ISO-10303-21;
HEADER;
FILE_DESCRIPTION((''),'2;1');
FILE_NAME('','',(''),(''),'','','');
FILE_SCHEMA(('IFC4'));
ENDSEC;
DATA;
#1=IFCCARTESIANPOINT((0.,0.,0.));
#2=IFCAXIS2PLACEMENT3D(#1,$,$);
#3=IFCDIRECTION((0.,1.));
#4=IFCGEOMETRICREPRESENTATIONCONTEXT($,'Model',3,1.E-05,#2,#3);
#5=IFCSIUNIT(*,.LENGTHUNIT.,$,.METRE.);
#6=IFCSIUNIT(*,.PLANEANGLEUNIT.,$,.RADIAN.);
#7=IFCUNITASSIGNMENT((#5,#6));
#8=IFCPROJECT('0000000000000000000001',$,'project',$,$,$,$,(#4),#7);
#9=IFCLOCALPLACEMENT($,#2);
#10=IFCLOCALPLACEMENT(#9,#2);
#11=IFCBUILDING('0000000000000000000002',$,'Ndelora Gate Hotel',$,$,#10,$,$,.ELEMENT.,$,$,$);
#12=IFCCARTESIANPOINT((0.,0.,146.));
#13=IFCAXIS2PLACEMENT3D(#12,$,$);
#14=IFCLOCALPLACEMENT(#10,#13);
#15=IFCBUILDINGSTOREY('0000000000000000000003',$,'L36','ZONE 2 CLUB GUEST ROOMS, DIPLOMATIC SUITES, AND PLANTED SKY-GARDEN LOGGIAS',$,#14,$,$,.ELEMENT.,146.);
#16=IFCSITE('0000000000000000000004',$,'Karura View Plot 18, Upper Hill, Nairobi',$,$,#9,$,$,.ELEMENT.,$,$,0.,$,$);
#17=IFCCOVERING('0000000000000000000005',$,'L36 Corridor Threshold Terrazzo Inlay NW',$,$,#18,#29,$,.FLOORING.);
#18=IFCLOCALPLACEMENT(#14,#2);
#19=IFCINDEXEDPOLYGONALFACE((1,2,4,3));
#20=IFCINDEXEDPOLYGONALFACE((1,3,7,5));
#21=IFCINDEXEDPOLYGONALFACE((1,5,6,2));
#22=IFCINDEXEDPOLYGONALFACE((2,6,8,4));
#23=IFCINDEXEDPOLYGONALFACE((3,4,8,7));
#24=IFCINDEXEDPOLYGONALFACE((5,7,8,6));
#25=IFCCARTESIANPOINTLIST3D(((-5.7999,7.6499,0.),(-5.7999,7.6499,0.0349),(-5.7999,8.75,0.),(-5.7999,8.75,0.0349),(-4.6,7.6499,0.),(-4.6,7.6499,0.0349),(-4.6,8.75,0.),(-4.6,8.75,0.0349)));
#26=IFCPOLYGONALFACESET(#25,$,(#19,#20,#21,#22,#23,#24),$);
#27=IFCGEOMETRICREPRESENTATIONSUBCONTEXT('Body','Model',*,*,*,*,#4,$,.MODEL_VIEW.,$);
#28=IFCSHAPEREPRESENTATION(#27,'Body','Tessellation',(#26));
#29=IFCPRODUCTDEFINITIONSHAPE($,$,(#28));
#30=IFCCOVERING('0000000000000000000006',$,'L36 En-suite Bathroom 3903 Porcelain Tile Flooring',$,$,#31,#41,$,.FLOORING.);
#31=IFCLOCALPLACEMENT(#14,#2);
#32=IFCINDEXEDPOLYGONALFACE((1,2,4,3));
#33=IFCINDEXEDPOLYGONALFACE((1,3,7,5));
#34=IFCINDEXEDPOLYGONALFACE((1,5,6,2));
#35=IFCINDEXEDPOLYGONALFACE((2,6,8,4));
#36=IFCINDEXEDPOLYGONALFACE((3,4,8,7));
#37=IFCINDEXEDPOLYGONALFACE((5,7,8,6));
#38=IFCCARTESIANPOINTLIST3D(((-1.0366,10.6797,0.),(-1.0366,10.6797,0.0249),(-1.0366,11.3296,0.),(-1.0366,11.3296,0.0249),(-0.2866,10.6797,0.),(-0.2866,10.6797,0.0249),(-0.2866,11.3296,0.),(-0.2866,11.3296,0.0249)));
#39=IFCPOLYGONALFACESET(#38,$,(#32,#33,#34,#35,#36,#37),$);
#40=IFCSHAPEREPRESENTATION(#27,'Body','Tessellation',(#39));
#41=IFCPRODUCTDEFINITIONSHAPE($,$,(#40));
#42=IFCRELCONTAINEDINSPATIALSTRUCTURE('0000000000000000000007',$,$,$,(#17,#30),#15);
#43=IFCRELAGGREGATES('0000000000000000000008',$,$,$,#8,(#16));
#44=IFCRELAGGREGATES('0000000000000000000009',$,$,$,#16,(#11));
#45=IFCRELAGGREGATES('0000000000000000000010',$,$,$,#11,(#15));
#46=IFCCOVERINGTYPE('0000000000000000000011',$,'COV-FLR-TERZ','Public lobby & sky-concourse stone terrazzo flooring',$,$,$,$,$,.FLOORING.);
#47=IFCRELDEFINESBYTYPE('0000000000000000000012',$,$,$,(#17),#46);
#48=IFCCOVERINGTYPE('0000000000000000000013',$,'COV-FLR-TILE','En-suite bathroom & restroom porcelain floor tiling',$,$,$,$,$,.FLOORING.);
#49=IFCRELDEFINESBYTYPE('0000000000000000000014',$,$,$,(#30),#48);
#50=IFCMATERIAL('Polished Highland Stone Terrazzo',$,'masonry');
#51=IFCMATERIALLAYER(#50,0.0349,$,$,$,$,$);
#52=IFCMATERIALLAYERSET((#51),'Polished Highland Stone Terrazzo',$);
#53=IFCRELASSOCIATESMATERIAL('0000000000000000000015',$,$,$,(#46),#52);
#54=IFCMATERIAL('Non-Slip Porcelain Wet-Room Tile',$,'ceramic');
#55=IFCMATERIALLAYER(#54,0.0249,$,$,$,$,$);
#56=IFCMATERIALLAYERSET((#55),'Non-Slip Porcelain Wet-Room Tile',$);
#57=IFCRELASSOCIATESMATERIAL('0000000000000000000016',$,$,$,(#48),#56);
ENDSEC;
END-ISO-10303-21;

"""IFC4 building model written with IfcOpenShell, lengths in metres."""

from ifc_helpers import new_model, si_unit, direction, frame, origin, origin_2d, place, context, subcontext, project, spatial, rectangle, extrude, material, layer, layer_set, type_object, element, save


model = new_model("IFC4")

# Units and contexts
model_context = context("Model", 3, precision=1e-05, world=origin(), true_north=direction((0.0, 1.0)))
body_context = subcontext(model_context, "Body", "Model", "MODEL_VIEW")
ifc_project = project(units=[si_unit("LENGTHUNIT", "METRE"), si_unit("PLANEANGLEUNIT", "RADIAN")], contexts=[model_context])

# Site, building, storey
site_placement = place(None, origin())
site = spatial("IfcSite", under=ifc_project, at=site_placement, Name="Karura View Plot 18, Upper Hill, Nairobi", CompositionType="ELEMENT", RefElevation=0.0)
building_placement = place(site_placement, origin())
building = spatial("IfcBuilding", under=site, at=building_placement, Name="Ndelora Gate Hotel", CompositionType="ELEMENT")
storey_placement = place(building_placement, frame((0.0, 0.0, 146.0)))
storey = spatial("IfcBuildingStorey", under=building, at=storey_placement, Name="L36", Description="ZONE 2 CLUB GUEST ROOMS, DIPLOMATIC SUITES, AND PLANTED SKY-GARDEN LOGGIAS", CompositionType="ELEMENT", Elevation=146.0)

# Coverings
ifc_material_1 = material(Name="Polished Highland Stone Terrazzo", Category="masonry")
ifc_layer_1 = layer(ifc_material_1, 0.0349)
ifc_layer_set_1 = layer_set([ifc_layer_1], Name="Polished Highland Stone Terrazzo")
covering_type_1 = type_object("IfcCoveringType", Name="COV-FLR-TERZ", Description="Public lobby & sky-concourse stone terrazzo flooring", PredefinedType="FLOORING", material=ifc_layer_set_1)
covering_1_placement = place(storey_placement, frame((-5.2, 8.2, 0.0), z_axis=(0.0, 0.0, 1.0), x_axis=(1.0, 0.0, 0.0)))
element("IfcCovering", 1, at=covering_1_placement, inside=storey, type_object=covering_type_1, Name="L36 Corridor Threshold Terrazzo Inlay NW", PredefinedType="FLOORING", context=body_context, shape_type="SweptSolid", body=[
    extrude(rectangle(XDim=1.2, YDim=1.1001, at=origin_2d()), origin(), (0.0, 0.0, 1.0), 0.0349),
])
ifc_material_2 = material(Name="Non-Slip Porcelain Wet-Room Tile", Category="ceramic")
ifc_layer_2 = layer(ifc_material_2, 0.0249)
ifc_layer_set_2 = layer_set([ifc_layer_2], Name="Non-Slip Porcelain Wet-Room Tile")
covering_type_2 = type_object("IfcCoveringType", Name="COV-FLR-TILE", Description="En-suite bathroom & restroom porcelain floor tiling", PredefinedType="FLOORING", material=ifc_layer_set_2)
covering_2_placement = place(storey_placement, frame((-0.6616, 11.0046, 0.0), z_axis=(0.0, 0.0, 1.0), x_axis=(1.0, 0.0, 0.0)))
element("IfcCovering", 2, at=covering_2_placement, inside=storey, type_object=covering_type_2, Name="L36 En-suite Bathroom 3903 Porcelain Tile Flooring", PredefinedType="FLOORING", context=body_context, shape_type="SweptSolid", body=[
    extrude(rectangle(XDim=0.75, YDim=0.6499, at=origin_2d()), origin(), (0.0, 0.0, 1.0), 0.0249),
])

save(model, "model.ifc")
